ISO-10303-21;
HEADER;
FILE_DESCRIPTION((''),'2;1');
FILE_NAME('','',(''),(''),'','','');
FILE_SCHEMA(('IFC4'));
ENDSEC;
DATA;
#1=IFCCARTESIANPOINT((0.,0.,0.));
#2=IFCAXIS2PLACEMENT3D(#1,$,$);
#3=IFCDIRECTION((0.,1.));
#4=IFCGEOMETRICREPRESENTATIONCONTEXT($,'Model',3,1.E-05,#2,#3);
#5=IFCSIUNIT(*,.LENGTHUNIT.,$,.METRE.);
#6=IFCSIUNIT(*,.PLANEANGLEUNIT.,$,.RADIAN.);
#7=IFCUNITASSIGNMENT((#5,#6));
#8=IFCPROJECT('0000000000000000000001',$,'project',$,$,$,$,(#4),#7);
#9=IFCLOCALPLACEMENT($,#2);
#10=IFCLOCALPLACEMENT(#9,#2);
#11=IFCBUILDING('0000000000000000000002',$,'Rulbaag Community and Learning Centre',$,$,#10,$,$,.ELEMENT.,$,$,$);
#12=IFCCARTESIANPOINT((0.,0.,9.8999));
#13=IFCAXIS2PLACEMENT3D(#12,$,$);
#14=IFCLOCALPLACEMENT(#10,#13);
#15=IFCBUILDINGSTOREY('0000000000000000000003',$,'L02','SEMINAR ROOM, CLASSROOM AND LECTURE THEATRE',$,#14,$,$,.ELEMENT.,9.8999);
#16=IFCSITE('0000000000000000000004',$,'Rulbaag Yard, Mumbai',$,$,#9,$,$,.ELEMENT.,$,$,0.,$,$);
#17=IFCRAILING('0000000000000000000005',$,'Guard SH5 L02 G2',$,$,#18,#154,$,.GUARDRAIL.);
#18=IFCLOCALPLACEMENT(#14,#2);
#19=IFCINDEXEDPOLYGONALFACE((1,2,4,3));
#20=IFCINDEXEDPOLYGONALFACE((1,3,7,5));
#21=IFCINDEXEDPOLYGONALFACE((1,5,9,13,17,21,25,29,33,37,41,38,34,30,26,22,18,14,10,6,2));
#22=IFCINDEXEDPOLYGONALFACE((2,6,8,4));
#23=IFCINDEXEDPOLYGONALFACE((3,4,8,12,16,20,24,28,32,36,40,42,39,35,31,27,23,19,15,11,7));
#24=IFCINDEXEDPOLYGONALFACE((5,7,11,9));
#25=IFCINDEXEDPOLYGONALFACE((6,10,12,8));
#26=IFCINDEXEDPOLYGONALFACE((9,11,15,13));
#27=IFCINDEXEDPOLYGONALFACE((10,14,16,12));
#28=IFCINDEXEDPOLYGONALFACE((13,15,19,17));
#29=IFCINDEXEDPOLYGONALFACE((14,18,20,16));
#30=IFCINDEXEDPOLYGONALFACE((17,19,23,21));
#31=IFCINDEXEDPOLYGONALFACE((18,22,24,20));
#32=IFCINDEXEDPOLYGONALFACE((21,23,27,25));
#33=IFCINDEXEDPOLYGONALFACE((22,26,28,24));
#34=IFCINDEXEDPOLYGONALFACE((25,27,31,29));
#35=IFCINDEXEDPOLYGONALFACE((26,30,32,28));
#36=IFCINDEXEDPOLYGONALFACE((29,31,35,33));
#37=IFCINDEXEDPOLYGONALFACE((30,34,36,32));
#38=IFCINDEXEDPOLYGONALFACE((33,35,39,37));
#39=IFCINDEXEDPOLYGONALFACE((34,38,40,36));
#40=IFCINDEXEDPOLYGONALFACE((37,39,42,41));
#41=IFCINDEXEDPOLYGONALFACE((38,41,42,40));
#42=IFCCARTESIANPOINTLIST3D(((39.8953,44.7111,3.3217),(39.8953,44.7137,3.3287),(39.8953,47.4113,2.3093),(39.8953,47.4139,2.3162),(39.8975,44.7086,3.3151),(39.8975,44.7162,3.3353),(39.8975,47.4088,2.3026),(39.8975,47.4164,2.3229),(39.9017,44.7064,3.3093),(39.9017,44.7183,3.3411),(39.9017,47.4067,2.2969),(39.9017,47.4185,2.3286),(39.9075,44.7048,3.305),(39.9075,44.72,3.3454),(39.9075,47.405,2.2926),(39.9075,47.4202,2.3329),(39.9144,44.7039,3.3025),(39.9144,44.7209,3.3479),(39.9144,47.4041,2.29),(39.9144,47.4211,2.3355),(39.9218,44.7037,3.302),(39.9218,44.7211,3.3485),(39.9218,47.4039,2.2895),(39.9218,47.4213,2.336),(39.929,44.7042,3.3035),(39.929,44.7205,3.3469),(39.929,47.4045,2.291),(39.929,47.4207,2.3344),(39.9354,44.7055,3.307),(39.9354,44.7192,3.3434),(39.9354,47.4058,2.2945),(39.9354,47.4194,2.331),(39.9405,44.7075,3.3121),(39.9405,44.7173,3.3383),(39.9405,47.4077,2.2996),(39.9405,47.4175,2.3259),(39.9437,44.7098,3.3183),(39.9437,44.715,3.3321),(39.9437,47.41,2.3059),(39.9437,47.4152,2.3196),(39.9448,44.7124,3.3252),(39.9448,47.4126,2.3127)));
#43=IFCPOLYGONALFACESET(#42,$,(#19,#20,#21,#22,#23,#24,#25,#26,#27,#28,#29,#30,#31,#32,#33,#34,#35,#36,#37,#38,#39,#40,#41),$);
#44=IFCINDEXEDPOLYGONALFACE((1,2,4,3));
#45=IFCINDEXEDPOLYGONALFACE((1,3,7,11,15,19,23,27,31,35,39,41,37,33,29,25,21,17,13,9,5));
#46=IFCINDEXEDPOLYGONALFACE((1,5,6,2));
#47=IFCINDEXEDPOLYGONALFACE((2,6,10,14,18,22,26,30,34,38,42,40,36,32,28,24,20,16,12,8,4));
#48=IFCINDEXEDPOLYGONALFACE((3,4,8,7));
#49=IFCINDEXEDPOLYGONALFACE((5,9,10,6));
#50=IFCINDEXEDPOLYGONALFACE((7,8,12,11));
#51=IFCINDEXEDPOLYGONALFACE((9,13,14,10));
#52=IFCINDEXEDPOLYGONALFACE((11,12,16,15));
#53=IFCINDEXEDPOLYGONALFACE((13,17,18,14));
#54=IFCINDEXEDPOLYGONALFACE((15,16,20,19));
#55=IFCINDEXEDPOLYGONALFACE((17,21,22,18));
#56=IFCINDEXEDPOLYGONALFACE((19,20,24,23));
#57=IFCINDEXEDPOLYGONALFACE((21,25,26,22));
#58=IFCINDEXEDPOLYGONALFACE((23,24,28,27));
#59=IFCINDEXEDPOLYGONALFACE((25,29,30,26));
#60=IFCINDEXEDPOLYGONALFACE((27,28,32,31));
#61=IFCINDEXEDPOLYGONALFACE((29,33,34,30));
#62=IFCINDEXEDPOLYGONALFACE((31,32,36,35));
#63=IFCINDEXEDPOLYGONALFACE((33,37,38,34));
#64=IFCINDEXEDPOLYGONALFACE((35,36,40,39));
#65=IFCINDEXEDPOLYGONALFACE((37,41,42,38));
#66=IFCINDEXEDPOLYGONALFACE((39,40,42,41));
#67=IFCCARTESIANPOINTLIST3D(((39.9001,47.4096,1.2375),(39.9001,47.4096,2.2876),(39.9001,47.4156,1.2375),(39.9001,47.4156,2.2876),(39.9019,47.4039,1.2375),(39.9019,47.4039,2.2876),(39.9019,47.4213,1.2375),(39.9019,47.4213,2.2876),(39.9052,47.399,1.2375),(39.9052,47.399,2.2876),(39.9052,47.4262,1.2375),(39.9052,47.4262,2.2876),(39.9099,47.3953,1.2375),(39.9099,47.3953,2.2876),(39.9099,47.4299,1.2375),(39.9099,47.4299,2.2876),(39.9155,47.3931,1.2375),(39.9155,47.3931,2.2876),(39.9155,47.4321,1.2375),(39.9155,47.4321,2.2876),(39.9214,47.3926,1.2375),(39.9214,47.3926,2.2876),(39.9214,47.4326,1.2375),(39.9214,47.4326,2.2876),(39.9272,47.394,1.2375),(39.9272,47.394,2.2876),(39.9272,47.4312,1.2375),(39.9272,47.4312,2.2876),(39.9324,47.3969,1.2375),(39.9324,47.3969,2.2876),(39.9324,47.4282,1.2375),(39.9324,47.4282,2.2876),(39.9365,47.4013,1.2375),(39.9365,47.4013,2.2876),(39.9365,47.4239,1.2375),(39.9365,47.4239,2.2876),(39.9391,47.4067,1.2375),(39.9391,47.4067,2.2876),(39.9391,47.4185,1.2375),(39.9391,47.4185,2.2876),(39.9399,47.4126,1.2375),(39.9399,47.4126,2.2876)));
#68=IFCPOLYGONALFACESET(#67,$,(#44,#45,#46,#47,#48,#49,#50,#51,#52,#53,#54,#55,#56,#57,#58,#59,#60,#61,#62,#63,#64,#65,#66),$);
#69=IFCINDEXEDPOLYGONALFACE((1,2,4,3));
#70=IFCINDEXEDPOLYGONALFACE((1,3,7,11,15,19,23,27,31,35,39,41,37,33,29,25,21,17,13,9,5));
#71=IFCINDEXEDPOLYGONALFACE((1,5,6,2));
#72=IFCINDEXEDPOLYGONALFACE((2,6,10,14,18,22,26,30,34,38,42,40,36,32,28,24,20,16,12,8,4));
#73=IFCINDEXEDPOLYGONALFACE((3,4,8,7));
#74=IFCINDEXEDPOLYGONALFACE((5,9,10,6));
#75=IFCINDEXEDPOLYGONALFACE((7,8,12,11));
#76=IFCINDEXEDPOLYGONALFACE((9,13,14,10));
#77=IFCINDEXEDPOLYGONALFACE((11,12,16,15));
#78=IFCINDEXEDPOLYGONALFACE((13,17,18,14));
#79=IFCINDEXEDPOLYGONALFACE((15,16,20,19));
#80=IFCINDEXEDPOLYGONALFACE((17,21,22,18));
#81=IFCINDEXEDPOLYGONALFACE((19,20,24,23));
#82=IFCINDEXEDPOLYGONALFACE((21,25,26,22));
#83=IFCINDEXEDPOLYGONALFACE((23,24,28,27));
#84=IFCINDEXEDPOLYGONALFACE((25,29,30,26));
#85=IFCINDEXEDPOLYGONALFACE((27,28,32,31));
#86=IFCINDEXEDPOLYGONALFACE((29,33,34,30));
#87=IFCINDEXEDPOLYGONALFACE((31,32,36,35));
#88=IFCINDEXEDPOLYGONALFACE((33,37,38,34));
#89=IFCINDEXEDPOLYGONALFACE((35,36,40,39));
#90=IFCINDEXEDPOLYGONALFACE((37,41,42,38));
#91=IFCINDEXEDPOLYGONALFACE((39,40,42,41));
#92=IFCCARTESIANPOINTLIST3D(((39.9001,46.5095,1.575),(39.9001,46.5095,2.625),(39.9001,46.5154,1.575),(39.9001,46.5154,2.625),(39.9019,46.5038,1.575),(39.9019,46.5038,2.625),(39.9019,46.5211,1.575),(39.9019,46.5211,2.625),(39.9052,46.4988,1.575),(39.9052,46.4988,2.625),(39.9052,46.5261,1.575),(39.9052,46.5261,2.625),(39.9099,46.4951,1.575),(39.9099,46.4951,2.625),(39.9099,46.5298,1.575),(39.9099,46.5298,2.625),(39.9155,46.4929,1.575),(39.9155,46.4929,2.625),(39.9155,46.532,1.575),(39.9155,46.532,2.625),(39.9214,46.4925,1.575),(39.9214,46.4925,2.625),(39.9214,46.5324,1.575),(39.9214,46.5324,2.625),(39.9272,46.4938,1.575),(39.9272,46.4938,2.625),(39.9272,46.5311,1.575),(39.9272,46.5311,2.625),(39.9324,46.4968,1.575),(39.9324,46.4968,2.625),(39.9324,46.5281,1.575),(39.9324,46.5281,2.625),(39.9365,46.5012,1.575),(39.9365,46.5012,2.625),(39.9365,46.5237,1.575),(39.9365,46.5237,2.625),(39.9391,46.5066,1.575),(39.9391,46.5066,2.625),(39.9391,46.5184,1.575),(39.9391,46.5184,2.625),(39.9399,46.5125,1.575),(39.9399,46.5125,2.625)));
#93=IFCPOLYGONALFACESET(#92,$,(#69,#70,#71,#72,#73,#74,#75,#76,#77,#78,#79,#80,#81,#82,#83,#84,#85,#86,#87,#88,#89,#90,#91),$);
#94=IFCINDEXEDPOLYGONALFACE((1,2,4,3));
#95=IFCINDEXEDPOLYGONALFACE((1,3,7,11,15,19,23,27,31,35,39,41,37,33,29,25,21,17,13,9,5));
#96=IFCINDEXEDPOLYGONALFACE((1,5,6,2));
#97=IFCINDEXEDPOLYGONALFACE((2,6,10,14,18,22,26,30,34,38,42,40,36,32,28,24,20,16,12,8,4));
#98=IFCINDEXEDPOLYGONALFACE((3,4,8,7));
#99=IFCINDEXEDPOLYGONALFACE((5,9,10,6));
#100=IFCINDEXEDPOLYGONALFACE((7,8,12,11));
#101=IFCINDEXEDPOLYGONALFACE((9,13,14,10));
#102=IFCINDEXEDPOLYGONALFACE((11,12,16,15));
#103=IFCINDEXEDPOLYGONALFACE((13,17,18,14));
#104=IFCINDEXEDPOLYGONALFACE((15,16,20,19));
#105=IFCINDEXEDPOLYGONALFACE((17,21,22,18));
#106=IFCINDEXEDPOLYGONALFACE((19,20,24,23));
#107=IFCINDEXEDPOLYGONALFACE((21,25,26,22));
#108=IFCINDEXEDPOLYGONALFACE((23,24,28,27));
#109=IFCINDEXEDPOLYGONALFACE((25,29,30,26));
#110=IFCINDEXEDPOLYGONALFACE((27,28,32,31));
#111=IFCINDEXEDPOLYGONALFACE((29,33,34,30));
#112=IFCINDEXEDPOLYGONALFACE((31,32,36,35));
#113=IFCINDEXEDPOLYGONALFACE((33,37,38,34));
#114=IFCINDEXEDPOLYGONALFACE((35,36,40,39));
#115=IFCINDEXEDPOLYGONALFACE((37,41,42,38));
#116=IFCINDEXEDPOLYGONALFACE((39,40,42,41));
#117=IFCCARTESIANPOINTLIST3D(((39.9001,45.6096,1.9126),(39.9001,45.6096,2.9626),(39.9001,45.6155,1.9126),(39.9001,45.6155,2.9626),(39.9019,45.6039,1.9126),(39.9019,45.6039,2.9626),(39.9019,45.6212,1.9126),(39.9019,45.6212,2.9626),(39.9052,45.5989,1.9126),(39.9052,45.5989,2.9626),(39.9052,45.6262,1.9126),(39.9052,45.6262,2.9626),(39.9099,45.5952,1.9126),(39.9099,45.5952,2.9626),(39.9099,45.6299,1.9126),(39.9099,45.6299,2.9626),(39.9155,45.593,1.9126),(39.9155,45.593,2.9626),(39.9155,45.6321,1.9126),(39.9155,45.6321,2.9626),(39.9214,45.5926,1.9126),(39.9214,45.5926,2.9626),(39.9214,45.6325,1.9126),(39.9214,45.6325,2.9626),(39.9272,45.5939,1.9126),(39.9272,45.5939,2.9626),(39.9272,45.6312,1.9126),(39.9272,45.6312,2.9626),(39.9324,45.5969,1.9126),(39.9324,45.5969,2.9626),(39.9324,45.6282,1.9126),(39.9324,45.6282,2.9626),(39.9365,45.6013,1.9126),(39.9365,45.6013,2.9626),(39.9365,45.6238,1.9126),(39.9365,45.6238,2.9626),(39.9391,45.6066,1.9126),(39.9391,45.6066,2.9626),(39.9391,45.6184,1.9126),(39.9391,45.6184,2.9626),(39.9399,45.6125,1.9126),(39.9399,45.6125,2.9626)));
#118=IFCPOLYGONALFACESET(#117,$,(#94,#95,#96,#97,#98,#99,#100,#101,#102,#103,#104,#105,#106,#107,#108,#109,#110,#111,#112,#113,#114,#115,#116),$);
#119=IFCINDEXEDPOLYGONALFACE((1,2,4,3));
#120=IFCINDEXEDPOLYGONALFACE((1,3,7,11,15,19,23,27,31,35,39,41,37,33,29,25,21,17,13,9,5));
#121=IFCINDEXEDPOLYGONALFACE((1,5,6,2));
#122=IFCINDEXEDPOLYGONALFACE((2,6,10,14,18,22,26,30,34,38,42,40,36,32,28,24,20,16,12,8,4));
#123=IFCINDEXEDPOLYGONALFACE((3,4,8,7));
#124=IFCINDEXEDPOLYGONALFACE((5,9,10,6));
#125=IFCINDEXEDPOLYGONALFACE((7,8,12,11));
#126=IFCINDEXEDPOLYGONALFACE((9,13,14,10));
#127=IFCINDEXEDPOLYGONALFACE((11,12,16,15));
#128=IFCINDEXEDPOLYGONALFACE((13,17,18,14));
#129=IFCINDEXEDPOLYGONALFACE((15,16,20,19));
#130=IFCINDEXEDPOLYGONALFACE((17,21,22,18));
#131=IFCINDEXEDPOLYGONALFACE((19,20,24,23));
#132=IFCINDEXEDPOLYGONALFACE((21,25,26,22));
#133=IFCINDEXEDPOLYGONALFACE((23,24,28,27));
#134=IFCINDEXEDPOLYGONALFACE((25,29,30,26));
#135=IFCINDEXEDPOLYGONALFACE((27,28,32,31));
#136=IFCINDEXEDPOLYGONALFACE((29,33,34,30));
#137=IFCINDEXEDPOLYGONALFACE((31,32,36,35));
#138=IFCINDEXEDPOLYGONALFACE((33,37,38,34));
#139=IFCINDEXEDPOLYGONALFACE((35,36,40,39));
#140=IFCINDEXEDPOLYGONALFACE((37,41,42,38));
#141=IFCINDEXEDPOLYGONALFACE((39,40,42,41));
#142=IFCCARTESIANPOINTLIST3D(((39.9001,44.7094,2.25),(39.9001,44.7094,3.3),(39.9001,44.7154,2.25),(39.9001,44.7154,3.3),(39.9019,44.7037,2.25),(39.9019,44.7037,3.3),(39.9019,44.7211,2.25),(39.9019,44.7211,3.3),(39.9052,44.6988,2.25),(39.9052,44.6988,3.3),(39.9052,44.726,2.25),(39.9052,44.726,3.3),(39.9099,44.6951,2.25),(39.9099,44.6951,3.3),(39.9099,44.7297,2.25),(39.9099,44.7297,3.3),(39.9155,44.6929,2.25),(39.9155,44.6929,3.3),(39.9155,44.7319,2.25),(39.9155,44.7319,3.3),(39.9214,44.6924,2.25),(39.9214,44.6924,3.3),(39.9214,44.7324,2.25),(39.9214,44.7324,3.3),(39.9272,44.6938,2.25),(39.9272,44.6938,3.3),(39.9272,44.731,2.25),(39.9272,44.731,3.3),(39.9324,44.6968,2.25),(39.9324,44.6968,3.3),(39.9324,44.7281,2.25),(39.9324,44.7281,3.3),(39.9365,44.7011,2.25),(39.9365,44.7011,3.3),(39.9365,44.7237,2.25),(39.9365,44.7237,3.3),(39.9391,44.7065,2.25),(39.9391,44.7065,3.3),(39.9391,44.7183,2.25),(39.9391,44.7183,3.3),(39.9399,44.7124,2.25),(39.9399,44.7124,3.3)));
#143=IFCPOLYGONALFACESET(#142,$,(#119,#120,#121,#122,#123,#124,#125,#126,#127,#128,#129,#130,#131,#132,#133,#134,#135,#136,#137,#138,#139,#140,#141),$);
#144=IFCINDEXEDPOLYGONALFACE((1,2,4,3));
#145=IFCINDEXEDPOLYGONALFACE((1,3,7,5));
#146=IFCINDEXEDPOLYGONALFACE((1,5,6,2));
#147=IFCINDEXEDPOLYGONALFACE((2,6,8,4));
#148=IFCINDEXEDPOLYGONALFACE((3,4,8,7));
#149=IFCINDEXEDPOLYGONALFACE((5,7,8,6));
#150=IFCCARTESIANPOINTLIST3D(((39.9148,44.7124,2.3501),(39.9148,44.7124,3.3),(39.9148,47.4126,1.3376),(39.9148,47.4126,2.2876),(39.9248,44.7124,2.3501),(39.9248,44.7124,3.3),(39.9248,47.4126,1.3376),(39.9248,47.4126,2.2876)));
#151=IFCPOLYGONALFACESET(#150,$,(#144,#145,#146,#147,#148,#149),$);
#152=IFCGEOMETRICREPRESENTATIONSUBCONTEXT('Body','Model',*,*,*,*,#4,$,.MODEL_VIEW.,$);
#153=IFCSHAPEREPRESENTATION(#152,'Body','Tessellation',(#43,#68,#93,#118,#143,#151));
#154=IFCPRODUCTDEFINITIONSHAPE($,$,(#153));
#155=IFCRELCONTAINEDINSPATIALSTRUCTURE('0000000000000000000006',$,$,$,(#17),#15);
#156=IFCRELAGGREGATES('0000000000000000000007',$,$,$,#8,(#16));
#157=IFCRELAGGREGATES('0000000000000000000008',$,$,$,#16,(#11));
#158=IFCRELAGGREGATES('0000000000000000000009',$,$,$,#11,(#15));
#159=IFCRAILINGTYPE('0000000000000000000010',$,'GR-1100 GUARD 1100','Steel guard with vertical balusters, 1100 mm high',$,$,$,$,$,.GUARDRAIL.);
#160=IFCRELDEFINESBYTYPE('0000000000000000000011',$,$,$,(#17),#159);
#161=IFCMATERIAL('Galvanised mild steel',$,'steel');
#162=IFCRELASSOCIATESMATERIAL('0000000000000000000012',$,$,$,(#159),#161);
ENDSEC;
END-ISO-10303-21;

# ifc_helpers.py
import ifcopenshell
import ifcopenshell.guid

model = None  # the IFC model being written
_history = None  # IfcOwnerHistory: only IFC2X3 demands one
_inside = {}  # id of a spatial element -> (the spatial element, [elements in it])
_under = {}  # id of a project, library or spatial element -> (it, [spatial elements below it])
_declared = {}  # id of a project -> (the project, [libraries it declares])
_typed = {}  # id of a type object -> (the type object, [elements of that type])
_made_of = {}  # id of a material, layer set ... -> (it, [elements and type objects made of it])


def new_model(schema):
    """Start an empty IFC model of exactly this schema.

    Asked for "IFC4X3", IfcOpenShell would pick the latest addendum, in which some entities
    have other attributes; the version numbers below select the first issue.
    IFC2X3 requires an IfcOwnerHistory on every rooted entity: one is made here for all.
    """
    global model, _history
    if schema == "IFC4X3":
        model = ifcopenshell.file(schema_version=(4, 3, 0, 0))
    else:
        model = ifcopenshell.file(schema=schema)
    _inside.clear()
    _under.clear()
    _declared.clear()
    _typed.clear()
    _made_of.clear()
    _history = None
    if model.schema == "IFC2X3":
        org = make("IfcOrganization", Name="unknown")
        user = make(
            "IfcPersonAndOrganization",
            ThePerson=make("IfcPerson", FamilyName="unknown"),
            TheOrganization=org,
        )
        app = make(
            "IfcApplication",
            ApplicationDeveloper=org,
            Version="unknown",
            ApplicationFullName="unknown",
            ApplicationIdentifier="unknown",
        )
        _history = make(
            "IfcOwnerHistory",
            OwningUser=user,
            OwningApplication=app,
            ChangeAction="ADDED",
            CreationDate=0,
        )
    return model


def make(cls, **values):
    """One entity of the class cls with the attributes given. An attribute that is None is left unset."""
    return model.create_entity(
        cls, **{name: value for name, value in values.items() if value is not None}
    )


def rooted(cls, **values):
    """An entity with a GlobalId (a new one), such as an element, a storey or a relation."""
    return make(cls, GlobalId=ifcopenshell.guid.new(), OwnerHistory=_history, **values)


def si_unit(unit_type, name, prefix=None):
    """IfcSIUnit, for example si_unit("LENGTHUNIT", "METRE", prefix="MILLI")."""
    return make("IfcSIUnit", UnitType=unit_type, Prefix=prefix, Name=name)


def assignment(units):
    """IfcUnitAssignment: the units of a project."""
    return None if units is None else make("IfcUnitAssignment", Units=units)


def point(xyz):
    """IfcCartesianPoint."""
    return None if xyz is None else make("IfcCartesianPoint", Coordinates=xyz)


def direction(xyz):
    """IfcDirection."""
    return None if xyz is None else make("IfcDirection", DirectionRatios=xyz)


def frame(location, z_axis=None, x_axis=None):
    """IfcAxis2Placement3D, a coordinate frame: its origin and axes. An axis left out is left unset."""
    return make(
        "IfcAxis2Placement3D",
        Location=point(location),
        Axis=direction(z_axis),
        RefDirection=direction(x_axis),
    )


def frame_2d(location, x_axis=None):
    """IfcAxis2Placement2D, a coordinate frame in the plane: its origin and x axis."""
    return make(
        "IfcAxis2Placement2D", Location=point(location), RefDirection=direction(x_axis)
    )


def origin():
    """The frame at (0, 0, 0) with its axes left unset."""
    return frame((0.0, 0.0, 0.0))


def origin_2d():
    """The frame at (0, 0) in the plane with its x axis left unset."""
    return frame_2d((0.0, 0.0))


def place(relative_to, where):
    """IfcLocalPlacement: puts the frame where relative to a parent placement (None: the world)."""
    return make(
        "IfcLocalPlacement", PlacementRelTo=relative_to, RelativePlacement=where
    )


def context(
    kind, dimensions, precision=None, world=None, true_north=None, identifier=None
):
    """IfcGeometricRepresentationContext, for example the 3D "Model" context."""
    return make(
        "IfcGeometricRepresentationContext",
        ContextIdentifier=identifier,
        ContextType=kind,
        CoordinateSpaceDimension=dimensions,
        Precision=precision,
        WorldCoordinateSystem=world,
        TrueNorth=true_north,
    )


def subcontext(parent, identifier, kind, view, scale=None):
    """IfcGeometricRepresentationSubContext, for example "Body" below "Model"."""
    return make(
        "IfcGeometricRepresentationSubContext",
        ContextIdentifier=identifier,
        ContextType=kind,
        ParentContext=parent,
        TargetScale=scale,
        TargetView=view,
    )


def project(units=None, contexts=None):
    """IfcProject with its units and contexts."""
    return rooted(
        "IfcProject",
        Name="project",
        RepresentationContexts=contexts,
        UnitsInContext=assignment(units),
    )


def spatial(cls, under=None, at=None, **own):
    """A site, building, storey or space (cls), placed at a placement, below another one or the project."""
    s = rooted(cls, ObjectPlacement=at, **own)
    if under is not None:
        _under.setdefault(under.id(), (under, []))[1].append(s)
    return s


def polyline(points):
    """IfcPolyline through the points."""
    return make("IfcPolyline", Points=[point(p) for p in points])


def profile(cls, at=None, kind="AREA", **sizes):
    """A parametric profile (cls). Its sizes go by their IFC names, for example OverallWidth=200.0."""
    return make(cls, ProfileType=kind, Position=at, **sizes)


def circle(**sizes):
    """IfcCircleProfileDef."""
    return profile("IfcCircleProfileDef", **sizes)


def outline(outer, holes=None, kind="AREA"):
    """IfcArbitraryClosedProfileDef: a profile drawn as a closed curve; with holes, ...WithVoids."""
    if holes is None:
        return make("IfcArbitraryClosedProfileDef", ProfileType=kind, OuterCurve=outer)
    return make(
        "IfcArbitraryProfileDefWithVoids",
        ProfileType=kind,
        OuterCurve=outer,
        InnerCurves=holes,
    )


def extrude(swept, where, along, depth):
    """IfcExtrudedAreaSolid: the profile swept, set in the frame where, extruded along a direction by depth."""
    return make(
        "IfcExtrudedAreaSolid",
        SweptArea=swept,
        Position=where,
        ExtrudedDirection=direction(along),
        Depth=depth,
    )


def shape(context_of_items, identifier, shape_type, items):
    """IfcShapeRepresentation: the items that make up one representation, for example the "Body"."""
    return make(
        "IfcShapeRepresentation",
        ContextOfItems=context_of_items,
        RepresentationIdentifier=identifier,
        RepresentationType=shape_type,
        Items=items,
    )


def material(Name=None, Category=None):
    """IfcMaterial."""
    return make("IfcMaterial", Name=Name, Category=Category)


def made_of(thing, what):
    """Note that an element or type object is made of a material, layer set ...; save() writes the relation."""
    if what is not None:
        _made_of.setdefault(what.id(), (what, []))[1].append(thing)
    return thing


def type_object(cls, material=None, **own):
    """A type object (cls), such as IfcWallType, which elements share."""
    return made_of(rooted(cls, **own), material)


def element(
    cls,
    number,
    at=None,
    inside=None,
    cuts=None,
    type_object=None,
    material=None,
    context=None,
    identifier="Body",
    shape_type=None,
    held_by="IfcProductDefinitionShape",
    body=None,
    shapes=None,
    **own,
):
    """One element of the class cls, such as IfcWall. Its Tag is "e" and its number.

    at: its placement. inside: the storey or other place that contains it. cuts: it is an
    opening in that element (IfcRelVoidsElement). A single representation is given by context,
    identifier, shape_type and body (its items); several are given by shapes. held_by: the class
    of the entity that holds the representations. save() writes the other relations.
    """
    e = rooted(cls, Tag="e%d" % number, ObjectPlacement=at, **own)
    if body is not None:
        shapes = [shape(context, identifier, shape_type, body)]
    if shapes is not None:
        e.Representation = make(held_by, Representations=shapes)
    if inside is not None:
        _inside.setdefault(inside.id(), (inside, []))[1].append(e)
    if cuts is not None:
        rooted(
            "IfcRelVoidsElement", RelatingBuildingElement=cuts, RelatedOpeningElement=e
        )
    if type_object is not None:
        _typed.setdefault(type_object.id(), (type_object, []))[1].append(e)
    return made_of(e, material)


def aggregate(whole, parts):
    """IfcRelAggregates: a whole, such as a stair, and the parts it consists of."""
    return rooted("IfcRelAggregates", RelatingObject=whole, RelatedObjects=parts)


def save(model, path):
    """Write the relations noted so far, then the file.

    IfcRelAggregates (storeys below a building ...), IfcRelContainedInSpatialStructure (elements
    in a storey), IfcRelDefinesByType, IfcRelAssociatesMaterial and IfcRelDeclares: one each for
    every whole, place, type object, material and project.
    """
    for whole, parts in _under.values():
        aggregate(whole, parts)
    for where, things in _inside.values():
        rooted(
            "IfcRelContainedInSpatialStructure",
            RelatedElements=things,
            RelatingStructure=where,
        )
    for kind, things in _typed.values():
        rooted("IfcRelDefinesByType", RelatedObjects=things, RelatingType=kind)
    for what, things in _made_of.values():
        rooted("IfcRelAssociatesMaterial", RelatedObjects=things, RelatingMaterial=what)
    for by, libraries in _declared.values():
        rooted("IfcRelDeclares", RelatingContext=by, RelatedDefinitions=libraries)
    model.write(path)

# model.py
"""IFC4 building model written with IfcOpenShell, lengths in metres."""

from ifc_helpers import new_model, si_unit, direction, frame, origin, origin_2d, place, context, subcontext, project, spatial, polyline, circle, outline, extrude, material, type_object, element, save


model = new_model("IFC4")

# Units and contexts
model_context = context("Model", 3, precision=1e-05, world=origin(), true_north=direction((0.0, 1.0)))
body_context = subcontext(model_context, "Body", "Model", "MODEL_VIEW")
ifc_project = project(units=[si_unit("LENGTHUNIT", "METRE"), si_unit("PLANEANGLEUNIT", "RADIAN")], contexts=[model_context])

# Site, building, storey
site_placement = place(None, origin())
site = spatial("IfcSite", under=ifc_project, at=site_placement, Name="Rulbaag Yard, Mumbai", CompositionType="ELEMENT", RefElevation=0.0)
building_placement = place(site_placement, origin())
building = spatial("IfcBuilding", under=site, at=building_placement, Name="Rulbaag Community and Learning Centre", CompositionType="ELEMENT")
storey_placement = place(building_placement, frame((0.0, 0.0, 9.8999)))
storey = spatial("IfcBuildingStorey", under=building, at=storey_placement, Name="L02", Description="SEMINAR ROOM, CLASSROOM AND LECTURE THEATRE", CompositionType="ELEMENT", Elevation=9.8999)

# Railing
ifc_material_1 = material(Name="Galvanised mild steel", Category="steel")
railing_type_1 = type_object("IfcRailingType", Name="GR-1100 GUARD 1100", Description="Steel guard with vertical balusters, 1100 mm high", PredefinedType="GUARDRAIL", material=ifc_material_1)
railing_1_placement = place(storey_placement, frame((39.9199, 47.4126, 1.2375)))
element("IfcRailing", 1, at=railing_1_placement, inside=storey, type_object=railing_type_1, Name="Guard SH5 L02 G2", PredefinedType="GUARDRAIL", context=body_context, shape_type="SweptSolid", body=[
    extrude(circle(Radius=0.0249, at=origin_2d()), frame((0.0, 0.0, 1.0752), z_axis=(0.0, -0.936343, 0.351086), x_axis=(1.0, 0.0, 0.0)), (0.0, 0.0, 1.0), 2.8838),
    extrude(circle(Radius=0.02, at=origin_2d()), origin(), (0.0, 0.0, 1.0), 1.05),
    extrude(circle(Radius=0.02, at=origin_2d()), frame((0.0, -0.9001, 0.3374)), (0.0, 0.0, 1.0), 1.05),
    extrude(circle(Radius=0.02, at=origin_2d()), frame((0.0, -1.8, 0.675)), (0.0, 0.0, 1.0), 1.05),
    extrude(circle(Radius=0.02, at=origin_2d()), frame((0.0, -2.7002, 1.0125)), (0.0, 0.0, 1.0), 1.05),
    extrude(outline(polyline([(0.0, 0.0), (2.7002, 1.0125), (2.7002, 1.9624), (0.0, 0.95), (0.0, 0.0)])), frame((0.0049, 0.0, 0.1001), z_axis=(-1.0, 0.0, 0.0), x_axis=(0.0, -1.0, 0.0)), (0.0, 0.0, 1.0), 0.01),
])

save(model, "model.ifc")
